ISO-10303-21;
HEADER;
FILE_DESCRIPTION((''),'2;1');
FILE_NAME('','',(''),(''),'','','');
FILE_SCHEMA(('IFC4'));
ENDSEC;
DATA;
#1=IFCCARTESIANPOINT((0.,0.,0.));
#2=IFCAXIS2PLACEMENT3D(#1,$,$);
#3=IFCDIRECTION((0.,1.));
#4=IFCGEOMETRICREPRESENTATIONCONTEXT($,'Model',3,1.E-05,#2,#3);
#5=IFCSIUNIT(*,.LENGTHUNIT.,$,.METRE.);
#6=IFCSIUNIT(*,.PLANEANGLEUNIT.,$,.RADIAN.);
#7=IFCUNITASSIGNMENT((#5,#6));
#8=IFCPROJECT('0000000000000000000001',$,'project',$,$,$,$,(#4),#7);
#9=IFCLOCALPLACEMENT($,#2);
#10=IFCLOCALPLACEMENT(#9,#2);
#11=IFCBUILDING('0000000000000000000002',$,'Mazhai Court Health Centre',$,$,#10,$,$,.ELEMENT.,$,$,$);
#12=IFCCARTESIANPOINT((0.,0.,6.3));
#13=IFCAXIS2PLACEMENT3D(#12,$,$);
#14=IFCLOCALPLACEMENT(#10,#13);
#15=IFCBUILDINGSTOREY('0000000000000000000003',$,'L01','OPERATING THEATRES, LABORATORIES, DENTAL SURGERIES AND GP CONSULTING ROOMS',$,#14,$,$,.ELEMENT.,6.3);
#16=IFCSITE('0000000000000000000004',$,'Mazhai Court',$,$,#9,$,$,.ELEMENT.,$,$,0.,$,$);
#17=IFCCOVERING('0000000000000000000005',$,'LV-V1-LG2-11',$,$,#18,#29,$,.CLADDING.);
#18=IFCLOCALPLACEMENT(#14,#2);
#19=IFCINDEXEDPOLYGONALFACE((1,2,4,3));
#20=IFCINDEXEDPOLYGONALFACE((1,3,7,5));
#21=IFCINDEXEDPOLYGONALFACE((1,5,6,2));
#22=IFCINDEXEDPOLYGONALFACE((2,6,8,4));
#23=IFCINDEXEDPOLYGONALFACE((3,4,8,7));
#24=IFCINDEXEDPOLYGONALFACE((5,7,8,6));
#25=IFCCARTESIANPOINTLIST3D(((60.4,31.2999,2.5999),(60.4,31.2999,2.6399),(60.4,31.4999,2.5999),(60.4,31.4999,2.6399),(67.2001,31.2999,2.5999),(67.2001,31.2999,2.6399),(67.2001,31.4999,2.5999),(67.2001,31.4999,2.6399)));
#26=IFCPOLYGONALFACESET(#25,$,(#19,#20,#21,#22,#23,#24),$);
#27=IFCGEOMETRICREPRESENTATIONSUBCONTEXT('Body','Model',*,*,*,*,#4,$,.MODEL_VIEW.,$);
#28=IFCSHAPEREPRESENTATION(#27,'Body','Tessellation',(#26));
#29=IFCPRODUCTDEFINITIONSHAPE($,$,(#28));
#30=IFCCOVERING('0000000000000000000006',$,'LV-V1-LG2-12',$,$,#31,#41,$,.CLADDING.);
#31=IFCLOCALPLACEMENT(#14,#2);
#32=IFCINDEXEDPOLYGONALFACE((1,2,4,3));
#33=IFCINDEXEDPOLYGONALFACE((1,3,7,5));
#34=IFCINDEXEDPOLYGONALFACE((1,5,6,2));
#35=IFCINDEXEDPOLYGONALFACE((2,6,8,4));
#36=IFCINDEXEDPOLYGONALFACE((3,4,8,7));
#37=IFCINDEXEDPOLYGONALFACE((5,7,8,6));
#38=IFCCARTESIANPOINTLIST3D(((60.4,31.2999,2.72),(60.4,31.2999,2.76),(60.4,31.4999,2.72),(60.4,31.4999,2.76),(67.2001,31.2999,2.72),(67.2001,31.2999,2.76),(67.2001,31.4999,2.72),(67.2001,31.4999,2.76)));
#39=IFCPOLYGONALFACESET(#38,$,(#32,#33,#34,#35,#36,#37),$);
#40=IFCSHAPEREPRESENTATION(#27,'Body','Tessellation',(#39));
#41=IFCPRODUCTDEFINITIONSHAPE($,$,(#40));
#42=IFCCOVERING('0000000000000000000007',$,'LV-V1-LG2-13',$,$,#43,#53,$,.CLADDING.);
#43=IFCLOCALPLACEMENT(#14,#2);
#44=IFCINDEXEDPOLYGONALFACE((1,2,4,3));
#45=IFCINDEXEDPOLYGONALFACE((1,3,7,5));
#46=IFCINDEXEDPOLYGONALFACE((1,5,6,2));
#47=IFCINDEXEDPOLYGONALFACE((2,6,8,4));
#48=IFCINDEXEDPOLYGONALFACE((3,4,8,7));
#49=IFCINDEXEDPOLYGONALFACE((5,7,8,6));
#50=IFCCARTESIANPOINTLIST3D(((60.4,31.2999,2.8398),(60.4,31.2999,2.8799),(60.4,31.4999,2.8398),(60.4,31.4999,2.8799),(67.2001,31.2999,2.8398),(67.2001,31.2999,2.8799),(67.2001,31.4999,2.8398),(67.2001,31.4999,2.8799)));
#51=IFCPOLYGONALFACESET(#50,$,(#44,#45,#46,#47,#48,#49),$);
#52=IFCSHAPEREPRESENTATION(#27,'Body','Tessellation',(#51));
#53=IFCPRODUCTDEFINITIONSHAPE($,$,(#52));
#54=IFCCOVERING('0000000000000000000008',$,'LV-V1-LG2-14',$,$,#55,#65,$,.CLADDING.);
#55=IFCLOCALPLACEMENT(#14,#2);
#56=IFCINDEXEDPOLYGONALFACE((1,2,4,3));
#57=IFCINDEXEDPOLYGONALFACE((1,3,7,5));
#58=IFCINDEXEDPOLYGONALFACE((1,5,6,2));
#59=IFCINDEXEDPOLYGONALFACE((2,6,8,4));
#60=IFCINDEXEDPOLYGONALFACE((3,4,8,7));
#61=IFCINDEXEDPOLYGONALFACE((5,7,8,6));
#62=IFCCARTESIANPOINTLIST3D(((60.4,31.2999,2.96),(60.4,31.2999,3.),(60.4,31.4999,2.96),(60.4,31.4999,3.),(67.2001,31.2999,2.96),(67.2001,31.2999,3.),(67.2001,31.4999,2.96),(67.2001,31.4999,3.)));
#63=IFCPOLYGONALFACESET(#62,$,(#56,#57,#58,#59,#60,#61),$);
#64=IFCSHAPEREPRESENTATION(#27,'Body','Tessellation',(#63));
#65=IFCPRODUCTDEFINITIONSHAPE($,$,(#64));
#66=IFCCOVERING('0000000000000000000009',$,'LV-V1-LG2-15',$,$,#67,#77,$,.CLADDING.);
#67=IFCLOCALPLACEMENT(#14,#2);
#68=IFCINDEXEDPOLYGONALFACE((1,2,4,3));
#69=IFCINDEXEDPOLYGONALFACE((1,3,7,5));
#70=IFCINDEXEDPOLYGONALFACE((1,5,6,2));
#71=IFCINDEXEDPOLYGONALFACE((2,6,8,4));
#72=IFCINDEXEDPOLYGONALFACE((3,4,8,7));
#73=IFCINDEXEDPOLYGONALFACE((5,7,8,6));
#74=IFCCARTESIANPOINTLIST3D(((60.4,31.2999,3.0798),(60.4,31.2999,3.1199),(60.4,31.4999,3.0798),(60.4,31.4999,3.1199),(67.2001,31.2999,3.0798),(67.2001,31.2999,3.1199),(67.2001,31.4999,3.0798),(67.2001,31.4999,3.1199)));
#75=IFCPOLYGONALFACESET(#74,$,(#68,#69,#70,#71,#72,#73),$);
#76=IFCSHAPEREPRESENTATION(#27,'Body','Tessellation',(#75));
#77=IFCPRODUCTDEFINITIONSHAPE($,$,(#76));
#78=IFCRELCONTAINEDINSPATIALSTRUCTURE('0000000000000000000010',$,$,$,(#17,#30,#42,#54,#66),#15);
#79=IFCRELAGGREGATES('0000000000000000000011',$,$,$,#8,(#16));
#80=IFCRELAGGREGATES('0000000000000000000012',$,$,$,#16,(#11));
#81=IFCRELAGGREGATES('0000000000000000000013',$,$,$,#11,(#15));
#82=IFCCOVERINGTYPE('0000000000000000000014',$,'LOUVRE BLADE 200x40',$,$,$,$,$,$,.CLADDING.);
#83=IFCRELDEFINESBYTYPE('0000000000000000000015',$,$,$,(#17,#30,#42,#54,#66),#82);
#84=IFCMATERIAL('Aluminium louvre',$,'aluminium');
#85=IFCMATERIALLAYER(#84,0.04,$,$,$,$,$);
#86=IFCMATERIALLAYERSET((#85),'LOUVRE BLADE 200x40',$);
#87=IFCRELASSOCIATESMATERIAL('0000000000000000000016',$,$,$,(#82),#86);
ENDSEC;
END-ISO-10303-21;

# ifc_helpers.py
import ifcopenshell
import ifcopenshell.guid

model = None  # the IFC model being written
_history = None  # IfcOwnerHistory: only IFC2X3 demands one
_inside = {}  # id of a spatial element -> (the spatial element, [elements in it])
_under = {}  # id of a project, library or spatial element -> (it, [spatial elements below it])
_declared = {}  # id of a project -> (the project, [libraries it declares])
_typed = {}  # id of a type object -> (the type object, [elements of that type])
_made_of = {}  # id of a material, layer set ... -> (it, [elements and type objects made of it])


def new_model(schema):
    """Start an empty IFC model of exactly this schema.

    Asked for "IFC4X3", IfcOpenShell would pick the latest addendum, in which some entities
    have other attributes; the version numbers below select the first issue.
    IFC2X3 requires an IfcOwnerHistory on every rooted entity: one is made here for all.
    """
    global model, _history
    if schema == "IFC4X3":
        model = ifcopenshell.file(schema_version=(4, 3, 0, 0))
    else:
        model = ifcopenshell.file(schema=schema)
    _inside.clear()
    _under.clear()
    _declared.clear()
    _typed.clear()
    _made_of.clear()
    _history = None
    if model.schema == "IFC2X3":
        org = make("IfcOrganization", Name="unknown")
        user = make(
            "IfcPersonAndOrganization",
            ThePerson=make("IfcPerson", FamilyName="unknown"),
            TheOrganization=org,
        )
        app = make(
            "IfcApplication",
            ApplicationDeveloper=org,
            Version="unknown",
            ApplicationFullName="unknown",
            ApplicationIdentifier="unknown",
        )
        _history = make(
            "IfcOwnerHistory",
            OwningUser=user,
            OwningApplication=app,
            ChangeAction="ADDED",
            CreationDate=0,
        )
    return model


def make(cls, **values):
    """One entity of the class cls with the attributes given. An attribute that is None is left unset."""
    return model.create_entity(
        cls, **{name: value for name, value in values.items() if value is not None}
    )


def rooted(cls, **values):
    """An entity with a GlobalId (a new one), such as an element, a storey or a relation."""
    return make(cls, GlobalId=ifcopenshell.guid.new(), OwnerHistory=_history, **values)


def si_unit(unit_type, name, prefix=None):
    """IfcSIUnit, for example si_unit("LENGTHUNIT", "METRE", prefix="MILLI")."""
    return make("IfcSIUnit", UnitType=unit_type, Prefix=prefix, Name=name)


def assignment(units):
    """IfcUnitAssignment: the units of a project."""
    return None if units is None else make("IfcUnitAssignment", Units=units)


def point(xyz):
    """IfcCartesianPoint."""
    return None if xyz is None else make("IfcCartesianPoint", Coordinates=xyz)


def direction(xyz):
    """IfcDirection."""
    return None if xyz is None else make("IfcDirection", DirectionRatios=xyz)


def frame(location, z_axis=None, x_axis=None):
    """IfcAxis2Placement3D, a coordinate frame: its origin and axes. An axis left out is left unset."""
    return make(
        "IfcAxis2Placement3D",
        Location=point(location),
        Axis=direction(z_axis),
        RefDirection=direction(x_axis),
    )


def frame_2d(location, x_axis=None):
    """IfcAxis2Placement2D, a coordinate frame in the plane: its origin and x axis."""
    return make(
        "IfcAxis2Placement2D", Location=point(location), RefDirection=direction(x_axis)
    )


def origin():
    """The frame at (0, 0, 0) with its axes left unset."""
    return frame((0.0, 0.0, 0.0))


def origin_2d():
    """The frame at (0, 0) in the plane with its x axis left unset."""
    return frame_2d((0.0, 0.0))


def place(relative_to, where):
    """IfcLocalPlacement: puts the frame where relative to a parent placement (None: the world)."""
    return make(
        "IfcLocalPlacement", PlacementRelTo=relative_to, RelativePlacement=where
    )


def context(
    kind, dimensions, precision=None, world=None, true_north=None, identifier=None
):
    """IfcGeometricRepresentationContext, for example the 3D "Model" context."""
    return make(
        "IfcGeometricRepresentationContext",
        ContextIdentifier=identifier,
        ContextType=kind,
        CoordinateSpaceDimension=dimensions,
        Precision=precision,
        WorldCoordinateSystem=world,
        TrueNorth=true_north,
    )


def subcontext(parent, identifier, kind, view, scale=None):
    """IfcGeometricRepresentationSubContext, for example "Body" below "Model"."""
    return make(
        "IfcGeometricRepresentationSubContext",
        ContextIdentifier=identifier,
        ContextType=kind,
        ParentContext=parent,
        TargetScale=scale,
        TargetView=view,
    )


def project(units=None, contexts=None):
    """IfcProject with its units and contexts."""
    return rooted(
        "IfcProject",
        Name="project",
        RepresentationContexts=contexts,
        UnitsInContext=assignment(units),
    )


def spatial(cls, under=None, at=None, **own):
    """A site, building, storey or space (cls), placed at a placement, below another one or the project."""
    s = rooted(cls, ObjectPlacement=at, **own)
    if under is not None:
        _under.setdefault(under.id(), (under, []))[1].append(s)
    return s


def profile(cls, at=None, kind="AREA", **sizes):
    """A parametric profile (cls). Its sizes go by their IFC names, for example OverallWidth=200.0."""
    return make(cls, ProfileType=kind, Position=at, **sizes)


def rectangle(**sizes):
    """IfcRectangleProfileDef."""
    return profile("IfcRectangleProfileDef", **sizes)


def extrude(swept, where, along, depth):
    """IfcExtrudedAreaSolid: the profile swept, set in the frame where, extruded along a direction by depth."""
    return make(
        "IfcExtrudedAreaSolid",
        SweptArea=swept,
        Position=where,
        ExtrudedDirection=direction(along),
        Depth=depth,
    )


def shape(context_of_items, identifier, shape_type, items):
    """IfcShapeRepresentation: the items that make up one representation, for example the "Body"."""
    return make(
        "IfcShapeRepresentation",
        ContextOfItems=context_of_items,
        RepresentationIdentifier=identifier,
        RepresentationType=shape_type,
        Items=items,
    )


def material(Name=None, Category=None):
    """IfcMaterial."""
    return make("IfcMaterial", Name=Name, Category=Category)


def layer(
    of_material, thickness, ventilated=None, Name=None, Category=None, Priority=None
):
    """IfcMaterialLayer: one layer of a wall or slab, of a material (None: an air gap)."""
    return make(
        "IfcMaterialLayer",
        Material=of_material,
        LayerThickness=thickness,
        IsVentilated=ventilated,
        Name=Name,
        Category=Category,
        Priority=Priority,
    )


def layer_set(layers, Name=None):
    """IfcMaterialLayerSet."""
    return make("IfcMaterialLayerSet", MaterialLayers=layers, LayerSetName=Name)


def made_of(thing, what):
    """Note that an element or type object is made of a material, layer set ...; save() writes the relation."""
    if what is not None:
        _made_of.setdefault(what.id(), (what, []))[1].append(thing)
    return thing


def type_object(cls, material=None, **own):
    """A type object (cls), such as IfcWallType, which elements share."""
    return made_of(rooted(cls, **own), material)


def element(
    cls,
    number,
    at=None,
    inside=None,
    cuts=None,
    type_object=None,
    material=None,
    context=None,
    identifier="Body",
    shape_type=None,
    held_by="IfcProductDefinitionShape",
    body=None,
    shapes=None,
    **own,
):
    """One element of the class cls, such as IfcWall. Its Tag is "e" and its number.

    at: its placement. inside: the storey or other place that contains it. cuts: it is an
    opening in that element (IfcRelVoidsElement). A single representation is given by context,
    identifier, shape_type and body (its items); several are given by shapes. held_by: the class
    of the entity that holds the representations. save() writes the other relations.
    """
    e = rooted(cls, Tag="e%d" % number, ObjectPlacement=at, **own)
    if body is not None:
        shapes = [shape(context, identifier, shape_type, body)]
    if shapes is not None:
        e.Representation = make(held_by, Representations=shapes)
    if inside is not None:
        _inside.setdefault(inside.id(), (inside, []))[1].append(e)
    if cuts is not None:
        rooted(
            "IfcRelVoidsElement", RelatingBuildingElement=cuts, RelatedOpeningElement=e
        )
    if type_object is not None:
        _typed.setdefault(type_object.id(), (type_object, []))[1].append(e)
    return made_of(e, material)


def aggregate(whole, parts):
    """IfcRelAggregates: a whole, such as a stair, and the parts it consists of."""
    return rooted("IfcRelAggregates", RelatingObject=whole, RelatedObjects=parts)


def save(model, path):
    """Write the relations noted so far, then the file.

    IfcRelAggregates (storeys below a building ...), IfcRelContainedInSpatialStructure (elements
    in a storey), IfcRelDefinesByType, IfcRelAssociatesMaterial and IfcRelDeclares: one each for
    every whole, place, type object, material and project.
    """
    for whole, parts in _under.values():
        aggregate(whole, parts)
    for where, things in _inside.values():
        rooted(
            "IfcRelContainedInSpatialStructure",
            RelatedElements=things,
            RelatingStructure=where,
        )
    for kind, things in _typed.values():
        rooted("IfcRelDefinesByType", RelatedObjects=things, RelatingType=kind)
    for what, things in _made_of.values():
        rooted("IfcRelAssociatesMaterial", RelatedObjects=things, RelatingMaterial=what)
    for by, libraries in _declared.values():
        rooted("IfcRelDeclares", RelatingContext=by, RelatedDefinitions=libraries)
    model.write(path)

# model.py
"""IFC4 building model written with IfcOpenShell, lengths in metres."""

from ifc_helpers import new_model, si_unit, direction, frame, origin, origin_2d, place, context, subcontext, project, spatial, rectangle, extrude, material, layer, layer_set, type_object, element, save


model = new_model("IFC4")

# Units and contexts
model_context = context("Model", 3, precision=1e-05, world=origin(), true_north=direction((0.0, 1.0)))
body_context = subcontext(model_context, "Body", "Model", "MODEL_VIEW")
ifc_project = project(units=[si_unit("LENGTHUNIT", "METRE"), si_unit("PLANEANGLEUNIT", "RADIAN")], contexts=[model_context])

# Site, building, storey
site_placement = place(None, origin())
site = spatial("IfcSite", under=ifc_project, at=site_placement, Name="Mazhai Court", CompositionType="ELEMENT", RefElevation=0.0)
building_placement = place(site_placement, origin())
building = spatial("IfcBuilding", under=site, at=building_placement, Name="Mazhai Court Health Centre", CompositionType="ELEMENT")
storey_placement = place(building_placement, frame((0.0, 0.0, 6.3)))
storey = spatial("IfcBuildingStorey", under=building, at=storey_placement, Name="L01", Description="OPERATING THEATRES, LABORATORIES, DENTAL SURGERIES AND GP CONSULTING ROOMS", CompositionType="ELEMENT", Elevation=6.3)

# Coverings
ifc_material_1 = material(Name="Aluminium louvre", Category="aluminium")
ifc_layer_1 = layer(ifc_material_1, 0.04)
ifc_layer_set_1 = layer_set([ifc_layer_1], Name="LOUVRE BLADE 200x40")
covering_type = type_object("IfcCoveringType", Name="LOUVRE BLADE 200x40", PredefinedType="CLADDING", material=ifc_layer_set_1)
for number, where, z_axis, x_axis, name in (
    (1, (63.8, 31.3999, 2.5999), (0.0, 0.0, 1.0), (0.0, 1.0, 0.0), "LV-V1-LG2-11"),
    (2, (63.8, 31.3999, 2.72), (0.0, 0.0, 1.0), (0.0, 1.0, 0.0), "LV-V1-LG2-12"),
    (3, (63.8, 31.3999, 2.8398), (0.0, 0.0, 1.0), (0.0, 1.0, 0.0), "LV-V1-LG2-13"),
    (4, (63.8, 31.3999, 2.96), (0.0, 0.0, 1.0), (0.0, 1.0, 0.0), "LV-V1-LG2-14"),
    (5, (63.8, 31.3999, 3.0798), (0.0, 0.0, 1.0), (0.0, 1.0, 0.0), "LV-V1-LG2-15"),
):
    element("IfcCovering", number, at=place(storey_placement, frame(where, z_axis=z_axis, x_axis=x_axis)), inside=storey, type_object=covering_type, Name=name, PredefinedType="CLADDING", context=body_context, shape_type="SweptSolid", body=[
        extrude(rectangle(XDim=0.2, YDim=6.8, at=origin_2d()), origin(), (0.0, 0.0, 1.0), 0.04),
    ])

save(model, "model.ifc")
